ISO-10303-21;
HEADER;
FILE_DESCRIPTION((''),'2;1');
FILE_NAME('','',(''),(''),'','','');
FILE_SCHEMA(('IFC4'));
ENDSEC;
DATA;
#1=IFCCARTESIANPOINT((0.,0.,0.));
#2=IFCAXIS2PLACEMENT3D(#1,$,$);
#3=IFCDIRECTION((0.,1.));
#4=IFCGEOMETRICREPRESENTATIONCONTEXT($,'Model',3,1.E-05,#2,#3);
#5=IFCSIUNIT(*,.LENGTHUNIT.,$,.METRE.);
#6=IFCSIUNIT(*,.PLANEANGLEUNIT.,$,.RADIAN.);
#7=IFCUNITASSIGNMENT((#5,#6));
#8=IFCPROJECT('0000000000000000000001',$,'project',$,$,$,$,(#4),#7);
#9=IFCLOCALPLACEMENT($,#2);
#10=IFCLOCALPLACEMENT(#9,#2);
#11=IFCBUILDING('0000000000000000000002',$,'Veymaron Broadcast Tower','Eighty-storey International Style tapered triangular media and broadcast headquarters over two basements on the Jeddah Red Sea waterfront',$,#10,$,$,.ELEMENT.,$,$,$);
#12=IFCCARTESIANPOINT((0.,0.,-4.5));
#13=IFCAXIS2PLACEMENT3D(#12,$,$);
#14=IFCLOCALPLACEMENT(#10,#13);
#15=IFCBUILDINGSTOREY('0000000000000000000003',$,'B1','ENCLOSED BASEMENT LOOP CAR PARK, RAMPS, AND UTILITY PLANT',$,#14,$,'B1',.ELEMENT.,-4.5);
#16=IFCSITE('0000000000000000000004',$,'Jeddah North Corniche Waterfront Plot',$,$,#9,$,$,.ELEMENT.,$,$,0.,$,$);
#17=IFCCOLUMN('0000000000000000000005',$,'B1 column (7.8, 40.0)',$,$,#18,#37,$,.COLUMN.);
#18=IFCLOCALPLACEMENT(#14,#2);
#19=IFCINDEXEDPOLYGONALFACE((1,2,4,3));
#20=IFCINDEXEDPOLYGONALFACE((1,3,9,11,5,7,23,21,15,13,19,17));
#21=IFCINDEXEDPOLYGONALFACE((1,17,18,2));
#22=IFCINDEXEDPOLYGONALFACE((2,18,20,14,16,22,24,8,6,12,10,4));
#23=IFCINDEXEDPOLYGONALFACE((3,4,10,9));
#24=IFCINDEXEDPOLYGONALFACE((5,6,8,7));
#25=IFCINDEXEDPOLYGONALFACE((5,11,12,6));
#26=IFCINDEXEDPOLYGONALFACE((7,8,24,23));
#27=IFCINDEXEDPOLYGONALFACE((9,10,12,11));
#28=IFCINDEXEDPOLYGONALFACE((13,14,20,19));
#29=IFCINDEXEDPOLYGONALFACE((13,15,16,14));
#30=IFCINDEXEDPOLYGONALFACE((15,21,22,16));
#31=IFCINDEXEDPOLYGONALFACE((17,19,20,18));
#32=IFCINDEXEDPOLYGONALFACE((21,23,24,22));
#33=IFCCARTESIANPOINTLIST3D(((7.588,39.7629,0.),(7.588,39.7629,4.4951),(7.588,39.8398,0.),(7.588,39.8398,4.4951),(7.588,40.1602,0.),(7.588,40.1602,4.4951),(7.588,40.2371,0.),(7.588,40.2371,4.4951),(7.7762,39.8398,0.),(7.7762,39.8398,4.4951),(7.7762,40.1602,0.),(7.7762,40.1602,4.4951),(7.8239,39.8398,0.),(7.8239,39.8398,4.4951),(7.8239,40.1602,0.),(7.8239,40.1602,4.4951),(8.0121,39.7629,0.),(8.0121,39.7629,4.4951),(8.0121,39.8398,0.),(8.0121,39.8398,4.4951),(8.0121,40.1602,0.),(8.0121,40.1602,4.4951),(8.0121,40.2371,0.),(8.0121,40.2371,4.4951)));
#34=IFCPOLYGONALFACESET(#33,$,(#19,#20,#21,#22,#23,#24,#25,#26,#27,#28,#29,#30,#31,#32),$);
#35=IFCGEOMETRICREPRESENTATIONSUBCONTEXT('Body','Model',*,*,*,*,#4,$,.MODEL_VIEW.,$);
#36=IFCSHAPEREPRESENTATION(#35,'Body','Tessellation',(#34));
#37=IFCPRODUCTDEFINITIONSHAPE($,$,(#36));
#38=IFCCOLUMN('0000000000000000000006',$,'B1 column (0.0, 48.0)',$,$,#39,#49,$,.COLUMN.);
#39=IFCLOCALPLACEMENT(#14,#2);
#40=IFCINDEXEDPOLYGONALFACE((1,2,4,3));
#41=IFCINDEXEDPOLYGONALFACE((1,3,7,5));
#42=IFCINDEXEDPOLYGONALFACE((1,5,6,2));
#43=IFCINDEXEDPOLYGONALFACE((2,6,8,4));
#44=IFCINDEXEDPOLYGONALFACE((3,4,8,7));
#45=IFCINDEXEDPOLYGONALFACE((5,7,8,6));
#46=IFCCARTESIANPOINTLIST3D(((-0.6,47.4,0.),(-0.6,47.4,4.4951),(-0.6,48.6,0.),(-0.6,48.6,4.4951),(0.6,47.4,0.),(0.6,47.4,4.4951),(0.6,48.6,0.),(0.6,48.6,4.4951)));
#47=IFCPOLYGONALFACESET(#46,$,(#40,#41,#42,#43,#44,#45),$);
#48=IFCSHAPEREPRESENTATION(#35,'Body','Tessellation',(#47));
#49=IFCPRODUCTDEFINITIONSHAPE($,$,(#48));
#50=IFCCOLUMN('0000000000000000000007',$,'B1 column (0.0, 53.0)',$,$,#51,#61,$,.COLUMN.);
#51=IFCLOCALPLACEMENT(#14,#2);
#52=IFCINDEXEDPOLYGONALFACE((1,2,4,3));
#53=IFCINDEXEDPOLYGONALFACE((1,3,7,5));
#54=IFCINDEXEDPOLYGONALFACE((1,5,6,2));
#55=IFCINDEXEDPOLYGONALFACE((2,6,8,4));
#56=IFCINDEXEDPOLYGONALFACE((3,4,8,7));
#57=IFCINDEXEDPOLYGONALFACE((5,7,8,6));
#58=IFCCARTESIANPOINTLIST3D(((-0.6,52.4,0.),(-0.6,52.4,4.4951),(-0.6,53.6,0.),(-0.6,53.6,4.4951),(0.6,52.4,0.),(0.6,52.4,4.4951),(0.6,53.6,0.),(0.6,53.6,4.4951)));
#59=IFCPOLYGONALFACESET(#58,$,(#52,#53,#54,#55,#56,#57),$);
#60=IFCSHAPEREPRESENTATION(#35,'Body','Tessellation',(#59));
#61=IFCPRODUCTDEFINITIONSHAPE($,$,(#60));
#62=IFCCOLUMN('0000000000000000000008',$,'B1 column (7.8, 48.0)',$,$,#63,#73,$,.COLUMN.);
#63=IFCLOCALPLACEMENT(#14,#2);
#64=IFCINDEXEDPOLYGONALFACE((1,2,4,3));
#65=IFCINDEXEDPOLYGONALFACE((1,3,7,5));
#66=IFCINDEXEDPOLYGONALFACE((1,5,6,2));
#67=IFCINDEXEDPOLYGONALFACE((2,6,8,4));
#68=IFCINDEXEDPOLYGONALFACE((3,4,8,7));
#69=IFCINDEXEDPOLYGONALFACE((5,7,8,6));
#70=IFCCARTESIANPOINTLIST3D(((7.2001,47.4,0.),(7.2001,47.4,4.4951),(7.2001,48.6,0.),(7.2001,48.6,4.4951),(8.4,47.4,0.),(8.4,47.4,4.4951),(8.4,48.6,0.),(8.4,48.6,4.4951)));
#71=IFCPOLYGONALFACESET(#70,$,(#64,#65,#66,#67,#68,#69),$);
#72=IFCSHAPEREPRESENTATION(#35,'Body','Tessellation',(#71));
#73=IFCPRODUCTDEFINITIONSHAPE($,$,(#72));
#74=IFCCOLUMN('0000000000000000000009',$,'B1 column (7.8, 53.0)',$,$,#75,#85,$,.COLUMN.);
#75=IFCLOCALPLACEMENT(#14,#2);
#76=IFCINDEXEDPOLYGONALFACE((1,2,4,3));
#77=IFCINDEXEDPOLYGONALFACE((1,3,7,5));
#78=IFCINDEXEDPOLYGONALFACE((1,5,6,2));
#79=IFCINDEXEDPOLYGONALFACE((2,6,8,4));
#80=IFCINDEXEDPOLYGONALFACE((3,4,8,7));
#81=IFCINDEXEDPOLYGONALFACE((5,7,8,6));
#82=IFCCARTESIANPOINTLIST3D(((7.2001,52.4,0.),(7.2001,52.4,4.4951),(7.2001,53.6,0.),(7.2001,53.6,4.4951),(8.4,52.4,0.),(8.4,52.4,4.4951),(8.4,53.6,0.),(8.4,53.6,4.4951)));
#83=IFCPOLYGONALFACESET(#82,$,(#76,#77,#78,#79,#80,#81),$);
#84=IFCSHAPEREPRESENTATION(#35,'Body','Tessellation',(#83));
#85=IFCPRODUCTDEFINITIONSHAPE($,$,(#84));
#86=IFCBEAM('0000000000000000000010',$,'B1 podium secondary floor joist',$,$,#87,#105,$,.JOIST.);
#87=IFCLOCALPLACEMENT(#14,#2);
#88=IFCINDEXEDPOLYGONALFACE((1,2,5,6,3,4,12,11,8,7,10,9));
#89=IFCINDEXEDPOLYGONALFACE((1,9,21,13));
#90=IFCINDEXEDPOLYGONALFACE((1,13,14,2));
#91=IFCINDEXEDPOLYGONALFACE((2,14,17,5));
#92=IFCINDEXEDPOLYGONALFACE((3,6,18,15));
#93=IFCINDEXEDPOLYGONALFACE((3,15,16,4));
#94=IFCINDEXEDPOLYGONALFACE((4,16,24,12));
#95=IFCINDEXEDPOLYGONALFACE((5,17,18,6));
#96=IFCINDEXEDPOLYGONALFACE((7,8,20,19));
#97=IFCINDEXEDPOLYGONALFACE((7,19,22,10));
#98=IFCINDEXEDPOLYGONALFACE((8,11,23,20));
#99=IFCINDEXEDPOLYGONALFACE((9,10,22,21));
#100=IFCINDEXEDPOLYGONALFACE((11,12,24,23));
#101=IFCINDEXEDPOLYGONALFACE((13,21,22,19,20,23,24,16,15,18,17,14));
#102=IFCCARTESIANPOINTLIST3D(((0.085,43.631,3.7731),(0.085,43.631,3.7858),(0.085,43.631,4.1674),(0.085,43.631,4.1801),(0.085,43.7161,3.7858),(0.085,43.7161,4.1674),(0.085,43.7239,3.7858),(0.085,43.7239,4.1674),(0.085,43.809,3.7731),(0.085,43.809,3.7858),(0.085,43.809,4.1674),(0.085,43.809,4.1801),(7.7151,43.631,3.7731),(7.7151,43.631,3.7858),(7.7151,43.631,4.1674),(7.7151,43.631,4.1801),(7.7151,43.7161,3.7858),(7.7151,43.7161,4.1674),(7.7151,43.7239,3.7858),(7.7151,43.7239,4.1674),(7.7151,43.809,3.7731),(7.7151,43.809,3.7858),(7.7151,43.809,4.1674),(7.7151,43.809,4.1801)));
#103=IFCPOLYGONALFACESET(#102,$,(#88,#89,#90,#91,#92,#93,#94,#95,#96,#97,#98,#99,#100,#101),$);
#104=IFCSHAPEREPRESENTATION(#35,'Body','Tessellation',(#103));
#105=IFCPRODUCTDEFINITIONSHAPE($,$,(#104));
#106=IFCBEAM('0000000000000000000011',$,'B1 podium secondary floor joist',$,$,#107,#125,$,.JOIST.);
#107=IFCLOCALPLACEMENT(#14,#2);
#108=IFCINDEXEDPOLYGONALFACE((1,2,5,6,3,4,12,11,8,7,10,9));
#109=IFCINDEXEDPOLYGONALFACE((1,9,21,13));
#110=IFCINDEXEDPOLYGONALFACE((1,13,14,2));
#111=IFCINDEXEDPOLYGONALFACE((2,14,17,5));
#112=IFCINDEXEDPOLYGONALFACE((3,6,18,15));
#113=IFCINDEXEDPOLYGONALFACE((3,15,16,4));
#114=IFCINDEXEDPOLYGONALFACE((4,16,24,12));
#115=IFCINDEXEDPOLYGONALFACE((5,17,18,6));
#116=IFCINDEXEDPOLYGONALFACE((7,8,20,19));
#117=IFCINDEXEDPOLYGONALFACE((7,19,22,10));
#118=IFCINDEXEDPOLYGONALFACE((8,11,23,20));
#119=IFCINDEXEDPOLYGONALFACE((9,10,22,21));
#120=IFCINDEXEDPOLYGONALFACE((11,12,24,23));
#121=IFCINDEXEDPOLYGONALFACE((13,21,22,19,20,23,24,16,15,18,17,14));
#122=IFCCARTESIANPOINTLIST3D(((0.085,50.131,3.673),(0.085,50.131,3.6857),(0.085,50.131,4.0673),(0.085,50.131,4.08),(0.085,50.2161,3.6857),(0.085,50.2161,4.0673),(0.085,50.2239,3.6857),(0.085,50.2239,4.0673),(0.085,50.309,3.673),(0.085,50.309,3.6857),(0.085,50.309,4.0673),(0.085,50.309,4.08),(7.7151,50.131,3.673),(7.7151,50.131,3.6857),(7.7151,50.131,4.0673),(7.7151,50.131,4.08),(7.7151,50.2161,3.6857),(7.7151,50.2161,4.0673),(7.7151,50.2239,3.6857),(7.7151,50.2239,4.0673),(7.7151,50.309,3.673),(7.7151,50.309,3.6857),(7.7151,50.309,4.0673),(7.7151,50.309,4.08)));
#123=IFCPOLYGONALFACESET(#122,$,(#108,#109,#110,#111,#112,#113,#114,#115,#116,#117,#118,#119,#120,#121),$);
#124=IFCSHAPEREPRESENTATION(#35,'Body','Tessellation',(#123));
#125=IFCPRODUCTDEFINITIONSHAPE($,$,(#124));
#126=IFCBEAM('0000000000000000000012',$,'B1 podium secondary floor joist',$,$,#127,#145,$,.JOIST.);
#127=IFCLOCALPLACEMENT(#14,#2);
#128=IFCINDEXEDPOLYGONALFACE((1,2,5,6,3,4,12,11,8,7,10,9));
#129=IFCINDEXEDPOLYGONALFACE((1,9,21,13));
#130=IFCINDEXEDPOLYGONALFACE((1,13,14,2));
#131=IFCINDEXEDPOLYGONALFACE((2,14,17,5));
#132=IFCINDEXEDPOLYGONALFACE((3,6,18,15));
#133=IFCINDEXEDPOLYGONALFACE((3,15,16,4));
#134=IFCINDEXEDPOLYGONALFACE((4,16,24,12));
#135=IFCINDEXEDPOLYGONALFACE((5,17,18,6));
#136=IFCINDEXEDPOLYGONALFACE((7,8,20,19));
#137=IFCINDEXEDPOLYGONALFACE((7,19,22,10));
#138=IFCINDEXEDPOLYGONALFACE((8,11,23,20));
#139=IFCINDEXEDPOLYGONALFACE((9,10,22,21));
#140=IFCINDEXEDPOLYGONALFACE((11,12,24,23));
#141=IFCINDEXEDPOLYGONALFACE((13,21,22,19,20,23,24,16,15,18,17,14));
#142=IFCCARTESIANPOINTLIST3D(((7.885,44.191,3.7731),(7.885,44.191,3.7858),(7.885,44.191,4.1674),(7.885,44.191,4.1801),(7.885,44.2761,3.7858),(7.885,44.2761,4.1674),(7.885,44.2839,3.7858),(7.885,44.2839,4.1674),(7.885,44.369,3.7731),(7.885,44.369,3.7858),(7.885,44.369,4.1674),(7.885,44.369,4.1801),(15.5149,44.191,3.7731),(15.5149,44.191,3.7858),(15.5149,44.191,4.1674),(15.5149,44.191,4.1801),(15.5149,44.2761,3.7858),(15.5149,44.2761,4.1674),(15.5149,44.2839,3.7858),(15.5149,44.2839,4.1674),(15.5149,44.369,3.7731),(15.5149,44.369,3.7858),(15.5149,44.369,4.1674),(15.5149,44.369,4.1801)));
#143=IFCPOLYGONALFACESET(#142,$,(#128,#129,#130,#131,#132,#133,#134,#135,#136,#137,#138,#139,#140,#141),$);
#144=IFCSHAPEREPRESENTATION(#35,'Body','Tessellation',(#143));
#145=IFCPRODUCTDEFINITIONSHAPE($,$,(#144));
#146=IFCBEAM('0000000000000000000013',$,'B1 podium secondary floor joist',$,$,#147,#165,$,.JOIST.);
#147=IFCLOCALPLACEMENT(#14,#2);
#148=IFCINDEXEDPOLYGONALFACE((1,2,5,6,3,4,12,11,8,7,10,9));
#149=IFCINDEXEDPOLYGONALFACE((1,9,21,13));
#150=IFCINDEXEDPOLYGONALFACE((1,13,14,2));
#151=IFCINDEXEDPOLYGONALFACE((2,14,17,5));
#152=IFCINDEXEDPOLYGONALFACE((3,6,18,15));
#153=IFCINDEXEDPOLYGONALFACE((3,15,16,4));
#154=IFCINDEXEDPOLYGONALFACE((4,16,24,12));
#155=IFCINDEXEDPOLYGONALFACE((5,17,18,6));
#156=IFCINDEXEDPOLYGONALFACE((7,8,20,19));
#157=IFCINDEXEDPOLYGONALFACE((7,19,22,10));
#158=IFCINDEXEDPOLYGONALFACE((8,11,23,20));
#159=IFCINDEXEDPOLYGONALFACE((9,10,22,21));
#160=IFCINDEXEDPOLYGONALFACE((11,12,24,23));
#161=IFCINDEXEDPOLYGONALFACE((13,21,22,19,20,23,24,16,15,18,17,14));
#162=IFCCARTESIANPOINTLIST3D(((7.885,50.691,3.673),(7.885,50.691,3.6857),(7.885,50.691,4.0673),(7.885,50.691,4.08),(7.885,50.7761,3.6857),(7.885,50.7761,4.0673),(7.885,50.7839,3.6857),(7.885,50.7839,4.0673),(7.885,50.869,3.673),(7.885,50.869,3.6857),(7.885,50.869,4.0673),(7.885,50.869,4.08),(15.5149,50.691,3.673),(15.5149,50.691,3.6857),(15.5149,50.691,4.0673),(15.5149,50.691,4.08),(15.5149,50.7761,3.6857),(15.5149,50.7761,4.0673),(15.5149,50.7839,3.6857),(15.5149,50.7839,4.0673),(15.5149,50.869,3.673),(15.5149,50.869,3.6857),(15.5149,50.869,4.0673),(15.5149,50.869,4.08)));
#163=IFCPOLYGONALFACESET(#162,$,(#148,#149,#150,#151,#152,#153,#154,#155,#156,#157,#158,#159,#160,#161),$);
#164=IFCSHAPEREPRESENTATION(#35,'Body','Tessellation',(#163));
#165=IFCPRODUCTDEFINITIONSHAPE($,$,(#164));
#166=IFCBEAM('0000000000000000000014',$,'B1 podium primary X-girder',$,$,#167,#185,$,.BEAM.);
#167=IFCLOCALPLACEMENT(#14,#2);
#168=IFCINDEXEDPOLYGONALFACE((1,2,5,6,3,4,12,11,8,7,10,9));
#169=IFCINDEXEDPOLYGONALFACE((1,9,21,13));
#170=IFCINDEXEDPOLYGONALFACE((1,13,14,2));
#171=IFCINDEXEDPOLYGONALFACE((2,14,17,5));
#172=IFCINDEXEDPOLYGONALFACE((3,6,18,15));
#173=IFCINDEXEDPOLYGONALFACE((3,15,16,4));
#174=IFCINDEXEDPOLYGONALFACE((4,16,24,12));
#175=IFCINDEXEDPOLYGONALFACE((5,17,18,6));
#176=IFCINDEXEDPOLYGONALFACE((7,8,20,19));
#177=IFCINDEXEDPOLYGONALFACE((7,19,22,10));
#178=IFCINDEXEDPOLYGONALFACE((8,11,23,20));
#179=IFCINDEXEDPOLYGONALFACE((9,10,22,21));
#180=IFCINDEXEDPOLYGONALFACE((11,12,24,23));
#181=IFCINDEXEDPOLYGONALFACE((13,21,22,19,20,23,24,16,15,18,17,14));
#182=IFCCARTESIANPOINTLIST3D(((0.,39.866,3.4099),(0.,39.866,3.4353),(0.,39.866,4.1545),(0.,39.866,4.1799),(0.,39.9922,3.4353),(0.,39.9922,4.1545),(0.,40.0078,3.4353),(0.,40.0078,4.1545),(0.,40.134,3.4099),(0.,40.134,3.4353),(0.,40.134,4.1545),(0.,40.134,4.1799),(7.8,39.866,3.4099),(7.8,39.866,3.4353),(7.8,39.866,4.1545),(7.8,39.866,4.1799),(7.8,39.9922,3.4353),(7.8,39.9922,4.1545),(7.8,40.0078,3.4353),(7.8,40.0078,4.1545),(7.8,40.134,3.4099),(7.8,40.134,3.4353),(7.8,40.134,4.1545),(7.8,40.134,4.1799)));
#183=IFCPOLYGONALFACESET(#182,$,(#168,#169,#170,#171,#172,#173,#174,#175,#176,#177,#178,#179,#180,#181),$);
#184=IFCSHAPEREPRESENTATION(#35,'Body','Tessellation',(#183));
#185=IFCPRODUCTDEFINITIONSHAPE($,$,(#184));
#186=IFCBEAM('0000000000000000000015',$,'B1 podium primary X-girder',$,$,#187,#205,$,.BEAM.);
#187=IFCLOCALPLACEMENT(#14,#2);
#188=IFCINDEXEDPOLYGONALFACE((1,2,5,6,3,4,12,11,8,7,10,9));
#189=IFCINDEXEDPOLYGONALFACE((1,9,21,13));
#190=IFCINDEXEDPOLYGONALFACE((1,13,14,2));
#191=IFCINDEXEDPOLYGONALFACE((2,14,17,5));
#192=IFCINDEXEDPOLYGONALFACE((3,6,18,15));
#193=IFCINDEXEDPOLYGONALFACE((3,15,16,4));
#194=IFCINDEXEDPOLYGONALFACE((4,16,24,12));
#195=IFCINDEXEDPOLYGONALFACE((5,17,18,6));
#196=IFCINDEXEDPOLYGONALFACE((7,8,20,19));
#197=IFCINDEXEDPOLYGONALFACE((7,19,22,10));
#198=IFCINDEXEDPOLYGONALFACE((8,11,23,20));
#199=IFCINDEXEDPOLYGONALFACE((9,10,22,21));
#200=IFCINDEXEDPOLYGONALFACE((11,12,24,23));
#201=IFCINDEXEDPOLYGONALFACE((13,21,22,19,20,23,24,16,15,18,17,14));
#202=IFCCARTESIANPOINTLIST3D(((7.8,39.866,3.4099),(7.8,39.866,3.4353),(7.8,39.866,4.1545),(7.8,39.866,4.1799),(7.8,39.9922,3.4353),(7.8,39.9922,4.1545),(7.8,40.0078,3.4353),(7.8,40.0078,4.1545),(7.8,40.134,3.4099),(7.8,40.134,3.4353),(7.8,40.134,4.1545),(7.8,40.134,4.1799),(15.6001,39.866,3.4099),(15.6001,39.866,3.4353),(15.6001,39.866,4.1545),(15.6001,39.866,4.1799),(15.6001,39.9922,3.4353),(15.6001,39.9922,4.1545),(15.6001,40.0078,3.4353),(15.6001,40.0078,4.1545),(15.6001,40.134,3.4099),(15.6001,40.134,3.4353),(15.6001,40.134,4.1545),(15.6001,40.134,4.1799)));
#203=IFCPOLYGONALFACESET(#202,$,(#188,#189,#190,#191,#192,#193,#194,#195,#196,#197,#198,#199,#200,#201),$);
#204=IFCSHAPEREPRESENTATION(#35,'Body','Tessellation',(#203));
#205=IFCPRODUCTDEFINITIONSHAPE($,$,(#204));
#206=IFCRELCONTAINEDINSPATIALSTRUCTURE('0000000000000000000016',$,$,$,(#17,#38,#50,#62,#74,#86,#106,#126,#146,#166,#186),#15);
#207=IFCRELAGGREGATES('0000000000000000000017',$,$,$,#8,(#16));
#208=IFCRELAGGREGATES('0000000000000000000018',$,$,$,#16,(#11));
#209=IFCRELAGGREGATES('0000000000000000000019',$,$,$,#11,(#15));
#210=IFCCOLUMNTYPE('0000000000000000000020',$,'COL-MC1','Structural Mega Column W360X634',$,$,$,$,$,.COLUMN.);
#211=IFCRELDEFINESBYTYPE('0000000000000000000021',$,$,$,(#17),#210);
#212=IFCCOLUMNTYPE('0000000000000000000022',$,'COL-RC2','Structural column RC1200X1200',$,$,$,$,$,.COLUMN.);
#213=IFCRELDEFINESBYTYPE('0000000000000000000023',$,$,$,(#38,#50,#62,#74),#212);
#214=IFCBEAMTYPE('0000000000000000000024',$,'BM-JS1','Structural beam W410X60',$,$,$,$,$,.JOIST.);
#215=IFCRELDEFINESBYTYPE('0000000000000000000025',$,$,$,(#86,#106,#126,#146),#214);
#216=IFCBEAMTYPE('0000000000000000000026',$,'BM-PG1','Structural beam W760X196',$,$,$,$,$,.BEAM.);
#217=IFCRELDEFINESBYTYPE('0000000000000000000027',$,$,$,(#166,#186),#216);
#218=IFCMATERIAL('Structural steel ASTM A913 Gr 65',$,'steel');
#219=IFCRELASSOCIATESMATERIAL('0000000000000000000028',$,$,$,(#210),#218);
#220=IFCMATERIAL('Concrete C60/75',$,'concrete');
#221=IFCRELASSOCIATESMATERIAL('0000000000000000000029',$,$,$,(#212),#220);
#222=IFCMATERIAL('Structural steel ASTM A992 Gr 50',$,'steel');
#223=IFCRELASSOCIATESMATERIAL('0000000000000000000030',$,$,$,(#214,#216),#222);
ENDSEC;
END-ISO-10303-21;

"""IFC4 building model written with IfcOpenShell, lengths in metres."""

from ifc_helpers import new_model, si_unit, direction, frame, origin, origin_2d, place, context, subcontext, project, spatial, rectangle, i_section, extrude, material, material_profile, profile_set, type_object, element, save


model = new_model("IFC4")

# Units and contexts
model_context = context("Model", 3, precision=1e-05, world=origin(), true_north=direction((0.0, 1.0)))
body_context = subcontext(model_context, "Body", "Model", "MODEL_VIEW")
ifc_project = project(units=[si_unit("LENGTHUNIT", "METRE"), si_unit("PLANEANGLEUNIT", "RADIAN")], contexts=[model_context])

# Site, building, storey
site_placement = place(None, origin())
site = spatial("IfcSite", under=ifc_project, at=site_placement, Name="Jeddah North Corniche Waterfront Plot", CompositionType="ELEMENT", RefElevation=0.0)
building_placement = place(site_placement, origin())
building = spatial("IfcBuilding", under=site, at=building_placement, Name="Veymaron Broadcast Tower", Description="Eighty-storey International Style tapered triangular media and broadcast headquarters over two basements on the Jeddah Red Sea waterfront", CompositionType="ELEMENT")
storey_placement = place(building_placement, frame((0.0, 0.0, -4.5)))
storey = spatial("IfcBuildingStorey", under=building, at=storey_placement, Name="B1", Description="ENCLOSED BASEMENT LOOP CAR PARK, RAMPS, AND UTILITY PLANT", LongName="B1", CompositionType="ELEMENT", Elevation=-4.5)

# Columns
ifc_material_1 = material(Name="Structural steel ASTM A913 Gr 65", Category="steel")
ifc_material_profile_1 = material_profile(ifc_material_1, i_section(OverallWidth=0.4241, OverallDepth=0.4741, WebThickness=0.0476, FlangeThickness=0.0769, at=origin_2d()), Name="W360X634")
ifc_profile_set_1 = profile_set([ifc_material_profile_1], Name="Structural steel ASTM A913 Gr 65")
column_type_1 = type_object("IfcColumnType", Name="COL-MC1", Description="Structural Mega Column W360X634", PredefinedType="COLUMN", material=ifc_profile_set_1)
column_placement = place(storey_placement, frame((7.8, 40.0, 0.0), z_axis=(0.0, 0.0, 1.0), x_axis=(1.0, 0.0, 0.0)))
element("IfcColumn", 1, at=column_placement, inside=storey, type_object=column_type_1, Name="B1 column (7.8, 40.0)", PredefinedType="COLUMN", context=body_context, shape_type="SweptSolid", body=[
    extrude(i_section(OverallWidth=0.4241, OverallDepth=0.4741, WebThickness=0.0476, FlangeThickness=0.0769, at=origin_2d()), origin(), (0.0, 0.0, 1.0), 4.4951),
])
ifc_material_2 = material(Name="Concrete C60/75", Category="concrete")
ifc_material_profile_2 = material_profile(ifc_material_2, rectangle(XDim=1.2, YDim=1.2, at=origin_2d()), Name="RC1200X1200")
ifc_profile_set_2 = profile_set([ifc_material_profile_2], Name="Concrete C60/75")
column_type_2 = type_object("IfcColumnType", Name="COL-RC2", Description="Structural column RC1200X1200", PredefinedType="COLUMN", material=ifc_profile_set_2)
for number, where, z_axis, x_axis, name in (
    (2, (0.0, 48.0, 0.0), (0.0, 0.0, 1.0), (1.0, 0.0, 0.0), "B1 column (0.0, 48.0)"),
    (3, (0.0, 53.0, 0.0), (0.0, 0.0, 1.0), (1.0, 0.0, 0.0), "B1 column (0.0, 53.0)"),
    (4, (7.8, 48.0, 0.0), (0.0, 0.0, 1.0), (1.0, 0.0, 0.0), "B1 column (7.8, 48.0)"),
    (5, (7.8, 53.0, 0.0), (0.0, 0.0, 1.0), (1.0, 0.0, 0.0), "B1 column (7.8, 53.0)"),
):
    element("IfcColumn", number, at=place(storey_placement, frame(where, z_axis=z_axis, x_axis=x_axis)), inside=storey, type_object=column_type_2, Name=name, PredefinedType="COLUMN", context=body_context, shape_type="SweptSolid", body=[
        extrude(rectangle(XDim=1.2, YDim=1.2, at=origin_2d()), origin(), (0.0, 0.0, 1.0), 4.4951),
    ])

# Beams
ifc_material_3 = material(Name="Structural steel ASTM A992 Gr 50", Category="steel")
ifc_material_profile_3 = material_profile(ifc_material_3, i_section(OverallWidth=0.178, OverallDepth=0.407, WebThickness=0.0078, FlangeThickness=0.0127, at=origin_2d()), Name="W410X60")
ifc_profile_set_3 = profile_set([ifc_material_profile_3], Name="Structural steel ASTM A992 Gr 50")
beam_type_1 = type_object("IfcBeamType", Name="BM-JS1", Description="Structural beam W410X60", PredefinedType="JOIST", material=ifc_profile_set_3)
for number, where, z_axis, x_axis, name in (
    (6, (0.085, 43.72, 3.9766), (1.0, 0.0, 0.0), (0.0, 1.0, 0.0), "B1 podium secondary floor joist"),
    (7, (0.085, 50.22, 3.8765), (1.0, 0.0, 0.0), (0.0, 1.0, 0.0), "B1 podium secondary floor joist"),
):
    element("IfcBeam", number, at=place(storey_placement, frame(where, z_axis=z_axis, x_axis=x_axis)), inside=storey, type_object=beam_type_1, Name=name, PredefinedType="JOIST", context=body_context, shape_type="SweptSolid", body=[
        extrude(i_section(OverallWidth=0.178, OverallDepth=0.407, WebThickness=0.0078, FlangeThickness=0.0127, at=origin_2d()), origin(), (0.0, 0.0, 1.0), 7.6301),
    ])
for number, where, z_axis, x_axis, name in (
    (8, (7.885, 44.28, 3.9766), (1.0, 0.0, 0.0), (0.0, 1.0, 0.0), "B1 podium secondary floor joist"),
    (9, (7.885, 50.78, 3.8765), (1.0, 0.0, 0.0), (0.0, 1.0, 0.0), "B1 podium secondary floor joist"),
):
    element("IfcBeam", number, at=place(storey_placement, frame(where, z_axis=z_axis, x_axis=x_axis)), inside=storey, type_object=beam_type_1, Name=name, PredefinedType="JOIST", context=body_context, shape_type="SweptSolid", body=[
        extrude(i_section(OverallWidth=0.178, OverallDepth=0.407, WebThickness=0.0078, FlangeThickness=0.0127, at=origin_2d()), origin(), (0.0, 0.0, 1.0), 7.6299),
    ])
ifc_material_profile_4 = material_profile(ifc_material_3, i_section(OverallWidth=0.2681, OverallDepth=0.77, WebThickness=0.0156, FlangeThickness=0.0254, at=origin_2d()), Name="W760X196")
ifc_profile_set_4 = profile_set([ifc_material_profile_4], Name="Structural steel ASTM A992 Gr 50")
beam_type_2 = type_object("IfcBeamType", Name="BM-PG1", Description="Structural beam W760X196", PredefinedType="BEAM", material=ifc_profile_set_4)
for number, where, z_axis, x_axis, name in (
    (10, (0.0, 40.0, 3.7949), (1.0, 0.0, 0.0), (0.0, 1.0, 0.0), "B1 podium primary X-girder"),
    (11, (7.8, 40.0, 3.7949), (1.0, 0.0, 0.0), (0.0, 1.0, 0.0), "B1 podium primary X-girder"),
):
    element("IfcBeam", number, at=place(storey_placement, frame(where, z_axis=z_axis, x_axis=x_axis)), inside=storey, type_object=beam_type_2, Name=name, PredefinedType="BEAM", context=body_context, shape_type="SweptSolid", body=[
        extrude(i_section(OverallWidth=0.2681, OverallDepth=0.77, WebThickness=0.0156, FlangeThickness=0.0254, at=origin_2d()), origin(), (0.0, 0.0, 1.0), 7.8),
    ])

save(model, "model.ifc")
